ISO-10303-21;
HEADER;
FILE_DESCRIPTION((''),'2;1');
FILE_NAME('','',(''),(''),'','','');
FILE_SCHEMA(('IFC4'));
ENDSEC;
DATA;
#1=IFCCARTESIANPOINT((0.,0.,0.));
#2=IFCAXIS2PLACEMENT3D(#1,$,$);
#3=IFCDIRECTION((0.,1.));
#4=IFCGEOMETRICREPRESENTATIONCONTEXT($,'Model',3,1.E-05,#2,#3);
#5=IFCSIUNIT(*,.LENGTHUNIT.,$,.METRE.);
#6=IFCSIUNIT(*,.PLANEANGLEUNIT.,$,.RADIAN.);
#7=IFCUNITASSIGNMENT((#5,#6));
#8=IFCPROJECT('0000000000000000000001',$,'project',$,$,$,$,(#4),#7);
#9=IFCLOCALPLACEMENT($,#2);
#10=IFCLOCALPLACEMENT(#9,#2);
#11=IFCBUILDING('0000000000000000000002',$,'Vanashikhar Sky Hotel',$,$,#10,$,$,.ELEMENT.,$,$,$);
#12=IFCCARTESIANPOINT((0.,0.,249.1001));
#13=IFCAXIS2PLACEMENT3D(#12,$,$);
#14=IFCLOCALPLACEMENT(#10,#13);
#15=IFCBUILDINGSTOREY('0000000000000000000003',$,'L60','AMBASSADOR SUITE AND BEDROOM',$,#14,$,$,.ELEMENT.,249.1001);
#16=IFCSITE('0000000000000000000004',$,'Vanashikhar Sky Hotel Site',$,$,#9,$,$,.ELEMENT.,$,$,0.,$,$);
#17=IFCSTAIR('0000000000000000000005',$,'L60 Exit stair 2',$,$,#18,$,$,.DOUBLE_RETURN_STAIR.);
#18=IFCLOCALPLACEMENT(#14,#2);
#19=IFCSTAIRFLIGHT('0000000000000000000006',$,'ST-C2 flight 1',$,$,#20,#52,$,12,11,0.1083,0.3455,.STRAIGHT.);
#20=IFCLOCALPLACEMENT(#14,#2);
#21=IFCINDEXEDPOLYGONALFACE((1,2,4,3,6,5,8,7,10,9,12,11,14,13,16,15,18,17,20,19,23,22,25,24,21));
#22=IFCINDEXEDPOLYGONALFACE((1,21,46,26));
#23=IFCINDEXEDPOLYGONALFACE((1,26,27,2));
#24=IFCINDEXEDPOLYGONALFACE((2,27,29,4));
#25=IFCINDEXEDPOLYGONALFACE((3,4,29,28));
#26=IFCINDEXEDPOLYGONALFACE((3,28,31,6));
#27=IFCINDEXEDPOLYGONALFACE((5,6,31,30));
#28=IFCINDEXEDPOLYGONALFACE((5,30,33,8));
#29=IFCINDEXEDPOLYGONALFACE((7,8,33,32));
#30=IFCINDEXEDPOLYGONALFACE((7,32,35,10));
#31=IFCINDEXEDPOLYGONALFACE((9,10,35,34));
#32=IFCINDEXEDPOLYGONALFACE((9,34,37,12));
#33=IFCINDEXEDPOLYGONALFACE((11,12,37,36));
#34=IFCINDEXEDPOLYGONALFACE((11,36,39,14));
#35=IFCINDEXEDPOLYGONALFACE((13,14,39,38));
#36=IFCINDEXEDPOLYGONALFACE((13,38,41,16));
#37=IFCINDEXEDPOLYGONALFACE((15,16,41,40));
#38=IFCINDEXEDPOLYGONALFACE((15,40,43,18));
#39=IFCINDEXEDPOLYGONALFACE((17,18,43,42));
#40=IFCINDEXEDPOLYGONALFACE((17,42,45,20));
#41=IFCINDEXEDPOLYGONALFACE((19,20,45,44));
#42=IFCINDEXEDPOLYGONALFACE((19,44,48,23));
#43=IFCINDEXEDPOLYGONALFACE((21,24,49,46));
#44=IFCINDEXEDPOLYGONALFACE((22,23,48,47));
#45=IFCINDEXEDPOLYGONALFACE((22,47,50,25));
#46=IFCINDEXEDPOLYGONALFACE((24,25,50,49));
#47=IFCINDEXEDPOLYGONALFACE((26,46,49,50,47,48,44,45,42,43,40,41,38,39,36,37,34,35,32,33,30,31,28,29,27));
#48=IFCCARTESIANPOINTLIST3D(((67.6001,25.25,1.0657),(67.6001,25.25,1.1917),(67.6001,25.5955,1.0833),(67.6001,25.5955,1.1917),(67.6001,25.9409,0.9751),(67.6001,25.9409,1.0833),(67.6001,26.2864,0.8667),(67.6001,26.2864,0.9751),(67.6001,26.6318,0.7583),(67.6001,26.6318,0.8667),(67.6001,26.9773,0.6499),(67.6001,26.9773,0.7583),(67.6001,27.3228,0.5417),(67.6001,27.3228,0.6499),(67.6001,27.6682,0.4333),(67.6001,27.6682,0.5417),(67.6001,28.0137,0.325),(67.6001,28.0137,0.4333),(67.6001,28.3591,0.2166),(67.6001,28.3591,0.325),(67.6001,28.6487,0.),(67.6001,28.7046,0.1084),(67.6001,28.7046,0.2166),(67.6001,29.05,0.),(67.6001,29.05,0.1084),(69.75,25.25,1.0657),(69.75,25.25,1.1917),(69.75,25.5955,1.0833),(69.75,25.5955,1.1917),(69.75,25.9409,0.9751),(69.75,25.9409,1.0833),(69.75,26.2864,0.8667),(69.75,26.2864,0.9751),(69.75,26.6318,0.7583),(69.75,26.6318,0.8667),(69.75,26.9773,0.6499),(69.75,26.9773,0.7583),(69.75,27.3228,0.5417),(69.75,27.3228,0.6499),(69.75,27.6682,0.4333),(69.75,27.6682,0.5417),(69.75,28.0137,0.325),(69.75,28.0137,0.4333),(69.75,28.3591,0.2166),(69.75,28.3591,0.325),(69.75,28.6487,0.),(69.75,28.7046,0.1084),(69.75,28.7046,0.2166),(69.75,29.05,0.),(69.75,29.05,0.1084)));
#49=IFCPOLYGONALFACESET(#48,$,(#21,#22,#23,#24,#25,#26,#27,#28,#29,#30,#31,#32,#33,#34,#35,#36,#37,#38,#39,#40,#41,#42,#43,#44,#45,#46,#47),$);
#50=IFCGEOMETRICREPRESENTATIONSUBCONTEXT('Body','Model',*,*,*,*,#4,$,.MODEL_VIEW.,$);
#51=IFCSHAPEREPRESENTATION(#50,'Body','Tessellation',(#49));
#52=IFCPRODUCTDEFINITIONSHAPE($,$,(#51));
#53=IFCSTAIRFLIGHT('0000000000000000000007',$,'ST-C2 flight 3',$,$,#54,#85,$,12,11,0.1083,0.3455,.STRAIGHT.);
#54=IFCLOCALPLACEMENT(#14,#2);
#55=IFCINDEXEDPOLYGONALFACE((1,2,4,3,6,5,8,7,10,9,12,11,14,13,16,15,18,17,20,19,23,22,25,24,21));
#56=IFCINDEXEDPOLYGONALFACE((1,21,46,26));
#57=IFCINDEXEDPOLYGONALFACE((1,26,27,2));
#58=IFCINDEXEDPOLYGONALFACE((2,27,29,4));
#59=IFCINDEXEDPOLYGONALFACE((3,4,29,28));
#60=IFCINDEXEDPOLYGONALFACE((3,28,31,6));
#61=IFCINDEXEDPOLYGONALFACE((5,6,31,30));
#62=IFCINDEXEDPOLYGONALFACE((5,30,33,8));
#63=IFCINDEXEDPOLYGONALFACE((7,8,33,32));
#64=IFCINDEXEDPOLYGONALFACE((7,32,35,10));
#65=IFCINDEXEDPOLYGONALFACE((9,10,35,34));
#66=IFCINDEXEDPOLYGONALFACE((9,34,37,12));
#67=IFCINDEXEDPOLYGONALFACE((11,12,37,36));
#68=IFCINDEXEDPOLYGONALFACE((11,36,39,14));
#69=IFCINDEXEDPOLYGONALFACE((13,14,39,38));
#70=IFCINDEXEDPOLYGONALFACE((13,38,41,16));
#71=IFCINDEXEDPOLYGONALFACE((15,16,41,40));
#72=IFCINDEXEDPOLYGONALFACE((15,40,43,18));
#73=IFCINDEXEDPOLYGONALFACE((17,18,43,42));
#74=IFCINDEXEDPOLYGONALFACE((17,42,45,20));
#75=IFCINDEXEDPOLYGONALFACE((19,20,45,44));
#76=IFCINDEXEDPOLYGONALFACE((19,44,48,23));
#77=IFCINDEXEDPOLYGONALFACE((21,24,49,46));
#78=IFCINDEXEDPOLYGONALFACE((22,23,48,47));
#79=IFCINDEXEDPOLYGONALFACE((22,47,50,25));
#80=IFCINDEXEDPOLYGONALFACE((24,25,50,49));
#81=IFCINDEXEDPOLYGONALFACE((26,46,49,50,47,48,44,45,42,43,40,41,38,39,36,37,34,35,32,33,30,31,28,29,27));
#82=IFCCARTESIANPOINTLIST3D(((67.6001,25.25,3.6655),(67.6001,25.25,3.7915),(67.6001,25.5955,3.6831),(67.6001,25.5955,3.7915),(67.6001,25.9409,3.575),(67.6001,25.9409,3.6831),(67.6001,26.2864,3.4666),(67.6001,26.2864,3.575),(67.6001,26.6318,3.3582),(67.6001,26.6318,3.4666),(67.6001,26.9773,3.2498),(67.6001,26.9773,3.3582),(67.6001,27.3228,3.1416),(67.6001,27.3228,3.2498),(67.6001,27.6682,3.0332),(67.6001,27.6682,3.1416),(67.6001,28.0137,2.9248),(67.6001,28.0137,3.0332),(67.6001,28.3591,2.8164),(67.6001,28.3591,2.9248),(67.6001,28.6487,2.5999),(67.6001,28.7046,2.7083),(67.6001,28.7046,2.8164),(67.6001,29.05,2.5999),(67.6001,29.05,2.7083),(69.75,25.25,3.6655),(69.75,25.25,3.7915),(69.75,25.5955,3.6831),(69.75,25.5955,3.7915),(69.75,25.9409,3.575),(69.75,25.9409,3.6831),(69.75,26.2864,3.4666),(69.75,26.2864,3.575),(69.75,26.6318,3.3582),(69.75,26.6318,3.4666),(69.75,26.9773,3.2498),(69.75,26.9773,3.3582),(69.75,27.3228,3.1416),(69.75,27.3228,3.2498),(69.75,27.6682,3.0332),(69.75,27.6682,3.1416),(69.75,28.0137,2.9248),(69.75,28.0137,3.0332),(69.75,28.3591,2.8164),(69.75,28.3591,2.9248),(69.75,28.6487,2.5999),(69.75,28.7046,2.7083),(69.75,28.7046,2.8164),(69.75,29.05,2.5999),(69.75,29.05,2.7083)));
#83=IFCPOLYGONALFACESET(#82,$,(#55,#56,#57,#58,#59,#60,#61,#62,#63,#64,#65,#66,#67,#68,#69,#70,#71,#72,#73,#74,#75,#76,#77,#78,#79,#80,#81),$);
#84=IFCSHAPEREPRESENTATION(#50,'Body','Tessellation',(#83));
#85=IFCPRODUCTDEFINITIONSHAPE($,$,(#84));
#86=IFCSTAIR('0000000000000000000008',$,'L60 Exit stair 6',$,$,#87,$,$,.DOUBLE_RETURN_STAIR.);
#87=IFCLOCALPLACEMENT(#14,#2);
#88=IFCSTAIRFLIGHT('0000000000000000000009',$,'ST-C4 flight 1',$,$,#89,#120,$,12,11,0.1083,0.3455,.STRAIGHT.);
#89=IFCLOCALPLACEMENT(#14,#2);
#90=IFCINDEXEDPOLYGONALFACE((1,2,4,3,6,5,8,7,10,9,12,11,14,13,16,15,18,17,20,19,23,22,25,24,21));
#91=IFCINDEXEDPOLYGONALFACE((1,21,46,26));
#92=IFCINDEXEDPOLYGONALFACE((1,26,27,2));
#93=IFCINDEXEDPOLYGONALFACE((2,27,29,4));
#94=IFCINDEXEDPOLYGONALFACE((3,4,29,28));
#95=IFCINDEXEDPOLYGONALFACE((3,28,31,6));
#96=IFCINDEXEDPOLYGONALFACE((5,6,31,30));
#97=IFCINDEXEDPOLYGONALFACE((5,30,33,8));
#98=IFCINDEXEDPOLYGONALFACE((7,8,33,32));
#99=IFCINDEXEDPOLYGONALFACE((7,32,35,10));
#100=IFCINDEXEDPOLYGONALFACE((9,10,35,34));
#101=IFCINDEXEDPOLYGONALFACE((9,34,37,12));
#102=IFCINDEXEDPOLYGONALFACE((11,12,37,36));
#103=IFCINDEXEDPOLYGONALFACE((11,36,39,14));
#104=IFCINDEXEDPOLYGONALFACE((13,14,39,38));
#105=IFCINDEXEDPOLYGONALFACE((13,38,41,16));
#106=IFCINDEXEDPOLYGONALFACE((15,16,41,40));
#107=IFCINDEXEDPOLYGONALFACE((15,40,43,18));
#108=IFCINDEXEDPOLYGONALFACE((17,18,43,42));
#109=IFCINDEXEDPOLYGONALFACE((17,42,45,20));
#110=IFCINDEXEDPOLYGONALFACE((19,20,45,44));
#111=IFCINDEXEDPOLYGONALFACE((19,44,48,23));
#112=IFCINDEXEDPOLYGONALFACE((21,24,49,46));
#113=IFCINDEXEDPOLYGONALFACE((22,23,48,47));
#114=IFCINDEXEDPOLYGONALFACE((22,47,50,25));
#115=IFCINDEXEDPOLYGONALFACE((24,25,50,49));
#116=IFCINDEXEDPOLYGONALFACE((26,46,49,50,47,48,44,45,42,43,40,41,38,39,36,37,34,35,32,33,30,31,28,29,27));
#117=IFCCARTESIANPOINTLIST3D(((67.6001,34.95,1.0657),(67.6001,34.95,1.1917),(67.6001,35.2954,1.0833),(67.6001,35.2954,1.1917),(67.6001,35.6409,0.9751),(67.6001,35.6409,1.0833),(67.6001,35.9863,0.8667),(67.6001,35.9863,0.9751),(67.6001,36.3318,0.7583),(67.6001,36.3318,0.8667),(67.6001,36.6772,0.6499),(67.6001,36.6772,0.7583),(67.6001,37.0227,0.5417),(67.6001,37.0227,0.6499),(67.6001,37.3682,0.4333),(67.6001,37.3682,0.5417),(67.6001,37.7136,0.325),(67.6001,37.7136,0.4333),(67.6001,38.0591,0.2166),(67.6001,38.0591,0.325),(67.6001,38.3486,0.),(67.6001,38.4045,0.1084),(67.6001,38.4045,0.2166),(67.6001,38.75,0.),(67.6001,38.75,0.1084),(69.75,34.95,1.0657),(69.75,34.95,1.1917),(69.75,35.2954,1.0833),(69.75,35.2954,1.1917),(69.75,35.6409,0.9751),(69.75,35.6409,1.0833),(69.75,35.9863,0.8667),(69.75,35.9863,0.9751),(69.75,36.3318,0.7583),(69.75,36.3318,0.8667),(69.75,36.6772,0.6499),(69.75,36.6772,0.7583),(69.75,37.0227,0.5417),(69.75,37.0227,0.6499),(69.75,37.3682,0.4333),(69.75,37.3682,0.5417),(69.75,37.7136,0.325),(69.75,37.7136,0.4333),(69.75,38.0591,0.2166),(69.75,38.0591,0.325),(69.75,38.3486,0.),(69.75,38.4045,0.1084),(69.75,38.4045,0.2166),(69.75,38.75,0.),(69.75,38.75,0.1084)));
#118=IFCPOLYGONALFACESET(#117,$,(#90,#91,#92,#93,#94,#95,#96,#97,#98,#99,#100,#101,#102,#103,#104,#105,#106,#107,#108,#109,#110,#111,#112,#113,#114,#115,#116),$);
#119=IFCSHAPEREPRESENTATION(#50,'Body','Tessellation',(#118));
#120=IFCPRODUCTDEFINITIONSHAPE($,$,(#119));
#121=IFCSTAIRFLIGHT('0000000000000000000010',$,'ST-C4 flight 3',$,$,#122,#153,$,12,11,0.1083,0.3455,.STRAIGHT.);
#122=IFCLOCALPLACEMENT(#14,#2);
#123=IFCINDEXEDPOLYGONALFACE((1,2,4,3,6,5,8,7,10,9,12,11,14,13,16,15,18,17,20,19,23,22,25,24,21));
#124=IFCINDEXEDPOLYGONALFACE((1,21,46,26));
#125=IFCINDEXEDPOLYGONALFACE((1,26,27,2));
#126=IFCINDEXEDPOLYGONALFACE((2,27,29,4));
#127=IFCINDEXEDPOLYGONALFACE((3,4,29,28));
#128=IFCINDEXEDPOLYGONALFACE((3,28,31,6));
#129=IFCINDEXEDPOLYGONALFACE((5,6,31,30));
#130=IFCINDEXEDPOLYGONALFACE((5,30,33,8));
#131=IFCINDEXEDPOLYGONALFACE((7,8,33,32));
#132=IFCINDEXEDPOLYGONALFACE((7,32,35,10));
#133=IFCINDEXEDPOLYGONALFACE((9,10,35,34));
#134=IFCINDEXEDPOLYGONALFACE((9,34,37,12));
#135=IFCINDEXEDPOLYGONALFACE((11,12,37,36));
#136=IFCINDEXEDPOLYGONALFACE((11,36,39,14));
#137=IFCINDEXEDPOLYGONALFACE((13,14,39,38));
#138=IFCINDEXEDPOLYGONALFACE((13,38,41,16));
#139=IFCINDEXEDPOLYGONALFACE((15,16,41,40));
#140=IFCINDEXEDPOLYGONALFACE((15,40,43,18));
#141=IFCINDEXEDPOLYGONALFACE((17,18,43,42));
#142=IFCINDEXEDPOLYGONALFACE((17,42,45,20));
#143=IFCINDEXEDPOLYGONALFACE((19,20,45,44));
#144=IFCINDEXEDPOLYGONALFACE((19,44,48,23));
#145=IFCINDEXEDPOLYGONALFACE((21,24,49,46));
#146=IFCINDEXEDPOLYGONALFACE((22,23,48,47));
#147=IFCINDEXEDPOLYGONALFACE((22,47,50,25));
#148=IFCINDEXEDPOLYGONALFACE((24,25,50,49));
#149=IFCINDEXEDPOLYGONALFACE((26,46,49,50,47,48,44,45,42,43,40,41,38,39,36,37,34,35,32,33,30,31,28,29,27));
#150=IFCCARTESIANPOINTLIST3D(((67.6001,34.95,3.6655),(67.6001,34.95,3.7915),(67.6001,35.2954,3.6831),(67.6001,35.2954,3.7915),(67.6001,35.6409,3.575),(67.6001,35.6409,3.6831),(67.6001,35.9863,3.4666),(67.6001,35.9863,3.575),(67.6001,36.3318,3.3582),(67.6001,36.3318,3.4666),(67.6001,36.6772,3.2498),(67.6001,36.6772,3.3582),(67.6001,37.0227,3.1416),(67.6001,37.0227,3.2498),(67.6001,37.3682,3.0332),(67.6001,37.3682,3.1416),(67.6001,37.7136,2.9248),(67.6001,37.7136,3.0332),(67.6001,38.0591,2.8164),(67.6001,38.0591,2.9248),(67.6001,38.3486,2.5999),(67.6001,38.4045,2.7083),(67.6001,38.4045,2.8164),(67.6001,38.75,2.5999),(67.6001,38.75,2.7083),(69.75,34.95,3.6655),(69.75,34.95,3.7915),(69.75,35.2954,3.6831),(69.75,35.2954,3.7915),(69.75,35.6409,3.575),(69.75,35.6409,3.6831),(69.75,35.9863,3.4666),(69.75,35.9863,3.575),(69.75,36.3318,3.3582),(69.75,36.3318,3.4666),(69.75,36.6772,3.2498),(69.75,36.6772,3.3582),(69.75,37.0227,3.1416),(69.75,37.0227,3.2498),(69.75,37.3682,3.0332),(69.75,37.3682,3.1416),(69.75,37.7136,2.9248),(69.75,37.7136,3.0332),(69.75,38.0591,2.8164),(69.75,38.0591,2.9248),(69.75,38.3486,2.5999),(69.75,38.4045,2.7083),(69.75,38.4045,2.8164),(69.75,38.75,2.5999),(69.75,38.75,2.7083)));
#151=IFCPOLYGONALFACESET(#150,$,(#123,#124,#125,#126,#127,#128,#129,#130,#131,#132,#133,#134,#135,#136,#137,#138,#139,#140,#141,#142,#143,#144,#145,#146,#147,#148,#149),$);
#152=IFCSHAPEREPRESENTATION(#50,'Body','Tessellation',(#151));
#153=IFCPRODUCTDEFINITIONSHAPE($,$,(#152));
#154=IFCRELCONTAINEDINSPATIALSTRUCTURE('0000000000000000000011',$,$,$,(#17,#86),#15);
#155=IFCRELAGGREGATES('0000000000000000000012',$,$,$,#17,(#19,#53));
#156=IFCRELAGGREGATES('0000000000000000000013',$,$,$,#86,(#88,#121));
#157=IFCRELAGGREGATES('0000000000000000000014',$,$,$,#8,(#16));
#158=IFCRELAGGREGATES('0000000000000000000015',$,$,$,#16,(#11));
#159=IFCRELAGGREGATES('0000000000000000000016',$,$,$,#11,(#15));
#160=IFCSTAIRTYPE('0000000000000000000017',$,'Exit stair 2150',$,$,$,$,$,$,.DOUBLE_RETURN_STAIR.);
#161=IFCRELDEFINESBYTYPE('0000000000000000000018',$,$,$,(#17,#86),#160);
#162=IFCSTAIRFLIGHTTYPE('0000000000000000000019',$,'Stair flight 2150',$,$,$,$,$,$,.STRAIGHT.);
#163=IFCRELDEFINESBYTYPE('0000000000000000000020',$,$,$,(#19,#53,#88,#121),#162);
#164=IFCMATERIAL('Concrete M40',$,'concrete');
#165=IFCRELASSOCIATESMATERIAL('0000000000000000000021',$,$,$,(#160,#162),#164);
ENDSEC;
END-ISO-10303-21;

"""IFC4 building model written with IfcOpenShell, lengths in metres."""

from ifc_helpers import new_model, si_unit, direction, frame, origin, place, context, subcontext, project, spatial, polyline, outline, extrude, source, transform, mapped, material, type_object, element, aggregate, save


model = new_model("IFC4")

# Units and contexts
model_context = context("Model", 3, precision=1e-05, world=origin(), true_north=direction((0.0, 1.0)))
body_context = subcontext(model_context, "Body", "Model", "MODEL_VIEW")
ifc_project = project(units=[si_unit("LENGTHUNIT", "METRE"), si_unit("PLANEANGLEUNIT", "RADIAN")], contexts=[model_context])

# Site, building, storey
site_placement = place(None, origin())
site = spatial("IfcSite", under=ifc_project, at=site_placement, Name="Vanashikhar Sky Hotel Site", CompositionType="ELEMENT", RefElevation=0.0)
building_placement = place(site_placement, origin())
building = spatial("IfcBuilding", under=site, at=building_placement, Name="Vanashikhar Sky Hotel", CompositionType="ELEMENT")
storey_placement = place(building_placement, frame((0.0, 0.0, 249.1001)))
storey = spatial("IfcBuildingStorey", under=building, at=storey_placement, Name="L60", Description="AMBASSADOR SUITE AND BEDROOM", CompositionType="ELEMENT", Elevation=249.1001)

# Stairs, stair flights
ifc_material_1 = material(Name="Concrete M40", Category="concrete")
stair_type = type_object("IfcStairType", Name="Exit stair 2150", PredefinedType="DOUBLE_RETURN_STAIR", material=ifc_material_1)
stair_1_placement = place(storey_placement, origin())
stair_1 = element("IfcStair", 1, at=stair_1_placement, inside=storey, type_object=stair_type, Name="L60 Exit stair 2", PredefinedType="DOUBLE_RETURN_STAIR")
stair_flight_type = type_object("IfcStairFlightType", Name="Stair flight 2150", PredefinedType="STRAIGHT", material=ifc_material_1)
shared_shape_1 = source(origin(), body_context, "Body", "SweptSolid", [
    extrude(outline(polyline([(0.0, 0.0), (0.0, 0.1084), (0.3455, 0.1084), (0.3455, 0.2166), (0.6909, 0.2166), (0.6909, 0.325), (1.0364, 0.325), (1.0364, 0.4333), (1.3818, 0.4333), (1.3818, 0.5417), (1.7273, 0.5417), (1.7273, 0.6499), (2.0728, 0.6499), (2.0728, 0.7583), (2.4182, 0.7583), (2.4182, 0.8667), (2.7637, 0.8667), (2.7637, 0.9751), (3.1091, 0.9751), (3.1091, 1.0833), (3.4546, 1.0833), (3.4546, 1.1917), (3.8, 1.1917), (3.8, 1.3), (3.8, 1.0657), (0.4014, 0.0), (0.0, 0.0)])), frame((0.0, 1.075, 0.0), z_axis=(0.0, -1.0, 0.0), x_axis=(1.0, 0.0, 0.0)), (0.0, 0.0, 1.0), 2.1499),
])
stair_flight_1_placement = place(storey_placement, frame((68.675, 29.05, 0.0), z_axis=(0.0, 0.0, 1.0), x_axis=(0.0, -1.0, 0.0)))
stair_flight_1 = element("IfcStairFlight", 2, at=stair_flight_1_placement, type_object=stair_flight_type, Name="ST-C2 flight 1", NumberOfRisers=12, NumberOfTreads=11, PredefinedType="STRAIGHT", RiserHeight=0.1083, TreadLength=0.3455, context=body_context, shape_type="MappedRepresentation", body=[
    mapped(shared_shape_1, transform((0.0, 0.0, 0.0), scale=1.0)),
])
stair_flight_2_placement = place(storey_placement, frame((68.675, 29.05, 2.5999), z_axis=(0.0, 0.0, 1.0), x_axis=(0.0, -1.0, 0.0)))
stair_flight_2 = element("IfcStairFlight", 3, at=stair_flight_2_placement, type_object=stair_flight_type, Name="ST-C2 flight 3", NumberOfRisers=12, NumberOfTreads=11, PredefinedType="STRAIGHT", RiserHeight=0.1083, TreadLength=0.3455, context=body_context, shape_type="MappedRepresentation", body=[
    mapped(shared_shape_1, transform((0.0, 0.0, 0.0), scale=1.0)),
])
aggregate(stair_1, [stair_flight_1, stair_flight_2])
stair_2_placement = place(storey_placement, origin())
stair_2 = element("IfcStair", 4, at=stair_2_placement, inside=storey, type_object=stair_type, Name="L60 Exit stair 6", PredefinedType="DOUBLE_RETURN_STAIR")
stair_flight_3_placement = place(storey_placement, frame((68.675, 38.75, 0.0), z_axis=(0.0, 0.0, 1.0), x_axis=(0.0, -1.0, 0.0)))
stair_flight_3 = element("IfcStairFlight", 5, at=stair_flight_3_placement, type_object=stair_flight_type, Name="ST-C4 flight 1", NumberOfRisers=12, NumberOfTreads=11, PredefinedType="STRAIGHT", RiserHeight=0.1083, TreadLength=0.3455, context=body_context, shape_type="MappedRepresentation", body=[
    mapped(shared_shape_1, transform((0.0, 0.0, 0.0), scale=1.0)),
])
stair_flight_4_placement = place(storey_placement, frame((68.675, 38.75, 2.5999), z_axis=(0.0, 0.0, 1.0), x_axis=(0.0, -1.0, 0.0)))
stair_flight_4 = element("IfcStairFlight", 6, at=stair_flight_4_placement, type_object=stair_flight_type, Name="ST-C4 flight 3", NumberOfRisers=12, NumberOfTreads=11, PredefinedType="STRAIGHT", RiserHeight=0.1083, TreadLength=0.3455, context=body_context, shape_type="MappedRepresentation", body=[
    mapped(shared_shape_1, transform((0.0, 0.0, 0.0), scale=1.0)),
])
aggregate(stair_2, [stair_flight_3, stair_flight_4])

save(model, "model.ifc")
